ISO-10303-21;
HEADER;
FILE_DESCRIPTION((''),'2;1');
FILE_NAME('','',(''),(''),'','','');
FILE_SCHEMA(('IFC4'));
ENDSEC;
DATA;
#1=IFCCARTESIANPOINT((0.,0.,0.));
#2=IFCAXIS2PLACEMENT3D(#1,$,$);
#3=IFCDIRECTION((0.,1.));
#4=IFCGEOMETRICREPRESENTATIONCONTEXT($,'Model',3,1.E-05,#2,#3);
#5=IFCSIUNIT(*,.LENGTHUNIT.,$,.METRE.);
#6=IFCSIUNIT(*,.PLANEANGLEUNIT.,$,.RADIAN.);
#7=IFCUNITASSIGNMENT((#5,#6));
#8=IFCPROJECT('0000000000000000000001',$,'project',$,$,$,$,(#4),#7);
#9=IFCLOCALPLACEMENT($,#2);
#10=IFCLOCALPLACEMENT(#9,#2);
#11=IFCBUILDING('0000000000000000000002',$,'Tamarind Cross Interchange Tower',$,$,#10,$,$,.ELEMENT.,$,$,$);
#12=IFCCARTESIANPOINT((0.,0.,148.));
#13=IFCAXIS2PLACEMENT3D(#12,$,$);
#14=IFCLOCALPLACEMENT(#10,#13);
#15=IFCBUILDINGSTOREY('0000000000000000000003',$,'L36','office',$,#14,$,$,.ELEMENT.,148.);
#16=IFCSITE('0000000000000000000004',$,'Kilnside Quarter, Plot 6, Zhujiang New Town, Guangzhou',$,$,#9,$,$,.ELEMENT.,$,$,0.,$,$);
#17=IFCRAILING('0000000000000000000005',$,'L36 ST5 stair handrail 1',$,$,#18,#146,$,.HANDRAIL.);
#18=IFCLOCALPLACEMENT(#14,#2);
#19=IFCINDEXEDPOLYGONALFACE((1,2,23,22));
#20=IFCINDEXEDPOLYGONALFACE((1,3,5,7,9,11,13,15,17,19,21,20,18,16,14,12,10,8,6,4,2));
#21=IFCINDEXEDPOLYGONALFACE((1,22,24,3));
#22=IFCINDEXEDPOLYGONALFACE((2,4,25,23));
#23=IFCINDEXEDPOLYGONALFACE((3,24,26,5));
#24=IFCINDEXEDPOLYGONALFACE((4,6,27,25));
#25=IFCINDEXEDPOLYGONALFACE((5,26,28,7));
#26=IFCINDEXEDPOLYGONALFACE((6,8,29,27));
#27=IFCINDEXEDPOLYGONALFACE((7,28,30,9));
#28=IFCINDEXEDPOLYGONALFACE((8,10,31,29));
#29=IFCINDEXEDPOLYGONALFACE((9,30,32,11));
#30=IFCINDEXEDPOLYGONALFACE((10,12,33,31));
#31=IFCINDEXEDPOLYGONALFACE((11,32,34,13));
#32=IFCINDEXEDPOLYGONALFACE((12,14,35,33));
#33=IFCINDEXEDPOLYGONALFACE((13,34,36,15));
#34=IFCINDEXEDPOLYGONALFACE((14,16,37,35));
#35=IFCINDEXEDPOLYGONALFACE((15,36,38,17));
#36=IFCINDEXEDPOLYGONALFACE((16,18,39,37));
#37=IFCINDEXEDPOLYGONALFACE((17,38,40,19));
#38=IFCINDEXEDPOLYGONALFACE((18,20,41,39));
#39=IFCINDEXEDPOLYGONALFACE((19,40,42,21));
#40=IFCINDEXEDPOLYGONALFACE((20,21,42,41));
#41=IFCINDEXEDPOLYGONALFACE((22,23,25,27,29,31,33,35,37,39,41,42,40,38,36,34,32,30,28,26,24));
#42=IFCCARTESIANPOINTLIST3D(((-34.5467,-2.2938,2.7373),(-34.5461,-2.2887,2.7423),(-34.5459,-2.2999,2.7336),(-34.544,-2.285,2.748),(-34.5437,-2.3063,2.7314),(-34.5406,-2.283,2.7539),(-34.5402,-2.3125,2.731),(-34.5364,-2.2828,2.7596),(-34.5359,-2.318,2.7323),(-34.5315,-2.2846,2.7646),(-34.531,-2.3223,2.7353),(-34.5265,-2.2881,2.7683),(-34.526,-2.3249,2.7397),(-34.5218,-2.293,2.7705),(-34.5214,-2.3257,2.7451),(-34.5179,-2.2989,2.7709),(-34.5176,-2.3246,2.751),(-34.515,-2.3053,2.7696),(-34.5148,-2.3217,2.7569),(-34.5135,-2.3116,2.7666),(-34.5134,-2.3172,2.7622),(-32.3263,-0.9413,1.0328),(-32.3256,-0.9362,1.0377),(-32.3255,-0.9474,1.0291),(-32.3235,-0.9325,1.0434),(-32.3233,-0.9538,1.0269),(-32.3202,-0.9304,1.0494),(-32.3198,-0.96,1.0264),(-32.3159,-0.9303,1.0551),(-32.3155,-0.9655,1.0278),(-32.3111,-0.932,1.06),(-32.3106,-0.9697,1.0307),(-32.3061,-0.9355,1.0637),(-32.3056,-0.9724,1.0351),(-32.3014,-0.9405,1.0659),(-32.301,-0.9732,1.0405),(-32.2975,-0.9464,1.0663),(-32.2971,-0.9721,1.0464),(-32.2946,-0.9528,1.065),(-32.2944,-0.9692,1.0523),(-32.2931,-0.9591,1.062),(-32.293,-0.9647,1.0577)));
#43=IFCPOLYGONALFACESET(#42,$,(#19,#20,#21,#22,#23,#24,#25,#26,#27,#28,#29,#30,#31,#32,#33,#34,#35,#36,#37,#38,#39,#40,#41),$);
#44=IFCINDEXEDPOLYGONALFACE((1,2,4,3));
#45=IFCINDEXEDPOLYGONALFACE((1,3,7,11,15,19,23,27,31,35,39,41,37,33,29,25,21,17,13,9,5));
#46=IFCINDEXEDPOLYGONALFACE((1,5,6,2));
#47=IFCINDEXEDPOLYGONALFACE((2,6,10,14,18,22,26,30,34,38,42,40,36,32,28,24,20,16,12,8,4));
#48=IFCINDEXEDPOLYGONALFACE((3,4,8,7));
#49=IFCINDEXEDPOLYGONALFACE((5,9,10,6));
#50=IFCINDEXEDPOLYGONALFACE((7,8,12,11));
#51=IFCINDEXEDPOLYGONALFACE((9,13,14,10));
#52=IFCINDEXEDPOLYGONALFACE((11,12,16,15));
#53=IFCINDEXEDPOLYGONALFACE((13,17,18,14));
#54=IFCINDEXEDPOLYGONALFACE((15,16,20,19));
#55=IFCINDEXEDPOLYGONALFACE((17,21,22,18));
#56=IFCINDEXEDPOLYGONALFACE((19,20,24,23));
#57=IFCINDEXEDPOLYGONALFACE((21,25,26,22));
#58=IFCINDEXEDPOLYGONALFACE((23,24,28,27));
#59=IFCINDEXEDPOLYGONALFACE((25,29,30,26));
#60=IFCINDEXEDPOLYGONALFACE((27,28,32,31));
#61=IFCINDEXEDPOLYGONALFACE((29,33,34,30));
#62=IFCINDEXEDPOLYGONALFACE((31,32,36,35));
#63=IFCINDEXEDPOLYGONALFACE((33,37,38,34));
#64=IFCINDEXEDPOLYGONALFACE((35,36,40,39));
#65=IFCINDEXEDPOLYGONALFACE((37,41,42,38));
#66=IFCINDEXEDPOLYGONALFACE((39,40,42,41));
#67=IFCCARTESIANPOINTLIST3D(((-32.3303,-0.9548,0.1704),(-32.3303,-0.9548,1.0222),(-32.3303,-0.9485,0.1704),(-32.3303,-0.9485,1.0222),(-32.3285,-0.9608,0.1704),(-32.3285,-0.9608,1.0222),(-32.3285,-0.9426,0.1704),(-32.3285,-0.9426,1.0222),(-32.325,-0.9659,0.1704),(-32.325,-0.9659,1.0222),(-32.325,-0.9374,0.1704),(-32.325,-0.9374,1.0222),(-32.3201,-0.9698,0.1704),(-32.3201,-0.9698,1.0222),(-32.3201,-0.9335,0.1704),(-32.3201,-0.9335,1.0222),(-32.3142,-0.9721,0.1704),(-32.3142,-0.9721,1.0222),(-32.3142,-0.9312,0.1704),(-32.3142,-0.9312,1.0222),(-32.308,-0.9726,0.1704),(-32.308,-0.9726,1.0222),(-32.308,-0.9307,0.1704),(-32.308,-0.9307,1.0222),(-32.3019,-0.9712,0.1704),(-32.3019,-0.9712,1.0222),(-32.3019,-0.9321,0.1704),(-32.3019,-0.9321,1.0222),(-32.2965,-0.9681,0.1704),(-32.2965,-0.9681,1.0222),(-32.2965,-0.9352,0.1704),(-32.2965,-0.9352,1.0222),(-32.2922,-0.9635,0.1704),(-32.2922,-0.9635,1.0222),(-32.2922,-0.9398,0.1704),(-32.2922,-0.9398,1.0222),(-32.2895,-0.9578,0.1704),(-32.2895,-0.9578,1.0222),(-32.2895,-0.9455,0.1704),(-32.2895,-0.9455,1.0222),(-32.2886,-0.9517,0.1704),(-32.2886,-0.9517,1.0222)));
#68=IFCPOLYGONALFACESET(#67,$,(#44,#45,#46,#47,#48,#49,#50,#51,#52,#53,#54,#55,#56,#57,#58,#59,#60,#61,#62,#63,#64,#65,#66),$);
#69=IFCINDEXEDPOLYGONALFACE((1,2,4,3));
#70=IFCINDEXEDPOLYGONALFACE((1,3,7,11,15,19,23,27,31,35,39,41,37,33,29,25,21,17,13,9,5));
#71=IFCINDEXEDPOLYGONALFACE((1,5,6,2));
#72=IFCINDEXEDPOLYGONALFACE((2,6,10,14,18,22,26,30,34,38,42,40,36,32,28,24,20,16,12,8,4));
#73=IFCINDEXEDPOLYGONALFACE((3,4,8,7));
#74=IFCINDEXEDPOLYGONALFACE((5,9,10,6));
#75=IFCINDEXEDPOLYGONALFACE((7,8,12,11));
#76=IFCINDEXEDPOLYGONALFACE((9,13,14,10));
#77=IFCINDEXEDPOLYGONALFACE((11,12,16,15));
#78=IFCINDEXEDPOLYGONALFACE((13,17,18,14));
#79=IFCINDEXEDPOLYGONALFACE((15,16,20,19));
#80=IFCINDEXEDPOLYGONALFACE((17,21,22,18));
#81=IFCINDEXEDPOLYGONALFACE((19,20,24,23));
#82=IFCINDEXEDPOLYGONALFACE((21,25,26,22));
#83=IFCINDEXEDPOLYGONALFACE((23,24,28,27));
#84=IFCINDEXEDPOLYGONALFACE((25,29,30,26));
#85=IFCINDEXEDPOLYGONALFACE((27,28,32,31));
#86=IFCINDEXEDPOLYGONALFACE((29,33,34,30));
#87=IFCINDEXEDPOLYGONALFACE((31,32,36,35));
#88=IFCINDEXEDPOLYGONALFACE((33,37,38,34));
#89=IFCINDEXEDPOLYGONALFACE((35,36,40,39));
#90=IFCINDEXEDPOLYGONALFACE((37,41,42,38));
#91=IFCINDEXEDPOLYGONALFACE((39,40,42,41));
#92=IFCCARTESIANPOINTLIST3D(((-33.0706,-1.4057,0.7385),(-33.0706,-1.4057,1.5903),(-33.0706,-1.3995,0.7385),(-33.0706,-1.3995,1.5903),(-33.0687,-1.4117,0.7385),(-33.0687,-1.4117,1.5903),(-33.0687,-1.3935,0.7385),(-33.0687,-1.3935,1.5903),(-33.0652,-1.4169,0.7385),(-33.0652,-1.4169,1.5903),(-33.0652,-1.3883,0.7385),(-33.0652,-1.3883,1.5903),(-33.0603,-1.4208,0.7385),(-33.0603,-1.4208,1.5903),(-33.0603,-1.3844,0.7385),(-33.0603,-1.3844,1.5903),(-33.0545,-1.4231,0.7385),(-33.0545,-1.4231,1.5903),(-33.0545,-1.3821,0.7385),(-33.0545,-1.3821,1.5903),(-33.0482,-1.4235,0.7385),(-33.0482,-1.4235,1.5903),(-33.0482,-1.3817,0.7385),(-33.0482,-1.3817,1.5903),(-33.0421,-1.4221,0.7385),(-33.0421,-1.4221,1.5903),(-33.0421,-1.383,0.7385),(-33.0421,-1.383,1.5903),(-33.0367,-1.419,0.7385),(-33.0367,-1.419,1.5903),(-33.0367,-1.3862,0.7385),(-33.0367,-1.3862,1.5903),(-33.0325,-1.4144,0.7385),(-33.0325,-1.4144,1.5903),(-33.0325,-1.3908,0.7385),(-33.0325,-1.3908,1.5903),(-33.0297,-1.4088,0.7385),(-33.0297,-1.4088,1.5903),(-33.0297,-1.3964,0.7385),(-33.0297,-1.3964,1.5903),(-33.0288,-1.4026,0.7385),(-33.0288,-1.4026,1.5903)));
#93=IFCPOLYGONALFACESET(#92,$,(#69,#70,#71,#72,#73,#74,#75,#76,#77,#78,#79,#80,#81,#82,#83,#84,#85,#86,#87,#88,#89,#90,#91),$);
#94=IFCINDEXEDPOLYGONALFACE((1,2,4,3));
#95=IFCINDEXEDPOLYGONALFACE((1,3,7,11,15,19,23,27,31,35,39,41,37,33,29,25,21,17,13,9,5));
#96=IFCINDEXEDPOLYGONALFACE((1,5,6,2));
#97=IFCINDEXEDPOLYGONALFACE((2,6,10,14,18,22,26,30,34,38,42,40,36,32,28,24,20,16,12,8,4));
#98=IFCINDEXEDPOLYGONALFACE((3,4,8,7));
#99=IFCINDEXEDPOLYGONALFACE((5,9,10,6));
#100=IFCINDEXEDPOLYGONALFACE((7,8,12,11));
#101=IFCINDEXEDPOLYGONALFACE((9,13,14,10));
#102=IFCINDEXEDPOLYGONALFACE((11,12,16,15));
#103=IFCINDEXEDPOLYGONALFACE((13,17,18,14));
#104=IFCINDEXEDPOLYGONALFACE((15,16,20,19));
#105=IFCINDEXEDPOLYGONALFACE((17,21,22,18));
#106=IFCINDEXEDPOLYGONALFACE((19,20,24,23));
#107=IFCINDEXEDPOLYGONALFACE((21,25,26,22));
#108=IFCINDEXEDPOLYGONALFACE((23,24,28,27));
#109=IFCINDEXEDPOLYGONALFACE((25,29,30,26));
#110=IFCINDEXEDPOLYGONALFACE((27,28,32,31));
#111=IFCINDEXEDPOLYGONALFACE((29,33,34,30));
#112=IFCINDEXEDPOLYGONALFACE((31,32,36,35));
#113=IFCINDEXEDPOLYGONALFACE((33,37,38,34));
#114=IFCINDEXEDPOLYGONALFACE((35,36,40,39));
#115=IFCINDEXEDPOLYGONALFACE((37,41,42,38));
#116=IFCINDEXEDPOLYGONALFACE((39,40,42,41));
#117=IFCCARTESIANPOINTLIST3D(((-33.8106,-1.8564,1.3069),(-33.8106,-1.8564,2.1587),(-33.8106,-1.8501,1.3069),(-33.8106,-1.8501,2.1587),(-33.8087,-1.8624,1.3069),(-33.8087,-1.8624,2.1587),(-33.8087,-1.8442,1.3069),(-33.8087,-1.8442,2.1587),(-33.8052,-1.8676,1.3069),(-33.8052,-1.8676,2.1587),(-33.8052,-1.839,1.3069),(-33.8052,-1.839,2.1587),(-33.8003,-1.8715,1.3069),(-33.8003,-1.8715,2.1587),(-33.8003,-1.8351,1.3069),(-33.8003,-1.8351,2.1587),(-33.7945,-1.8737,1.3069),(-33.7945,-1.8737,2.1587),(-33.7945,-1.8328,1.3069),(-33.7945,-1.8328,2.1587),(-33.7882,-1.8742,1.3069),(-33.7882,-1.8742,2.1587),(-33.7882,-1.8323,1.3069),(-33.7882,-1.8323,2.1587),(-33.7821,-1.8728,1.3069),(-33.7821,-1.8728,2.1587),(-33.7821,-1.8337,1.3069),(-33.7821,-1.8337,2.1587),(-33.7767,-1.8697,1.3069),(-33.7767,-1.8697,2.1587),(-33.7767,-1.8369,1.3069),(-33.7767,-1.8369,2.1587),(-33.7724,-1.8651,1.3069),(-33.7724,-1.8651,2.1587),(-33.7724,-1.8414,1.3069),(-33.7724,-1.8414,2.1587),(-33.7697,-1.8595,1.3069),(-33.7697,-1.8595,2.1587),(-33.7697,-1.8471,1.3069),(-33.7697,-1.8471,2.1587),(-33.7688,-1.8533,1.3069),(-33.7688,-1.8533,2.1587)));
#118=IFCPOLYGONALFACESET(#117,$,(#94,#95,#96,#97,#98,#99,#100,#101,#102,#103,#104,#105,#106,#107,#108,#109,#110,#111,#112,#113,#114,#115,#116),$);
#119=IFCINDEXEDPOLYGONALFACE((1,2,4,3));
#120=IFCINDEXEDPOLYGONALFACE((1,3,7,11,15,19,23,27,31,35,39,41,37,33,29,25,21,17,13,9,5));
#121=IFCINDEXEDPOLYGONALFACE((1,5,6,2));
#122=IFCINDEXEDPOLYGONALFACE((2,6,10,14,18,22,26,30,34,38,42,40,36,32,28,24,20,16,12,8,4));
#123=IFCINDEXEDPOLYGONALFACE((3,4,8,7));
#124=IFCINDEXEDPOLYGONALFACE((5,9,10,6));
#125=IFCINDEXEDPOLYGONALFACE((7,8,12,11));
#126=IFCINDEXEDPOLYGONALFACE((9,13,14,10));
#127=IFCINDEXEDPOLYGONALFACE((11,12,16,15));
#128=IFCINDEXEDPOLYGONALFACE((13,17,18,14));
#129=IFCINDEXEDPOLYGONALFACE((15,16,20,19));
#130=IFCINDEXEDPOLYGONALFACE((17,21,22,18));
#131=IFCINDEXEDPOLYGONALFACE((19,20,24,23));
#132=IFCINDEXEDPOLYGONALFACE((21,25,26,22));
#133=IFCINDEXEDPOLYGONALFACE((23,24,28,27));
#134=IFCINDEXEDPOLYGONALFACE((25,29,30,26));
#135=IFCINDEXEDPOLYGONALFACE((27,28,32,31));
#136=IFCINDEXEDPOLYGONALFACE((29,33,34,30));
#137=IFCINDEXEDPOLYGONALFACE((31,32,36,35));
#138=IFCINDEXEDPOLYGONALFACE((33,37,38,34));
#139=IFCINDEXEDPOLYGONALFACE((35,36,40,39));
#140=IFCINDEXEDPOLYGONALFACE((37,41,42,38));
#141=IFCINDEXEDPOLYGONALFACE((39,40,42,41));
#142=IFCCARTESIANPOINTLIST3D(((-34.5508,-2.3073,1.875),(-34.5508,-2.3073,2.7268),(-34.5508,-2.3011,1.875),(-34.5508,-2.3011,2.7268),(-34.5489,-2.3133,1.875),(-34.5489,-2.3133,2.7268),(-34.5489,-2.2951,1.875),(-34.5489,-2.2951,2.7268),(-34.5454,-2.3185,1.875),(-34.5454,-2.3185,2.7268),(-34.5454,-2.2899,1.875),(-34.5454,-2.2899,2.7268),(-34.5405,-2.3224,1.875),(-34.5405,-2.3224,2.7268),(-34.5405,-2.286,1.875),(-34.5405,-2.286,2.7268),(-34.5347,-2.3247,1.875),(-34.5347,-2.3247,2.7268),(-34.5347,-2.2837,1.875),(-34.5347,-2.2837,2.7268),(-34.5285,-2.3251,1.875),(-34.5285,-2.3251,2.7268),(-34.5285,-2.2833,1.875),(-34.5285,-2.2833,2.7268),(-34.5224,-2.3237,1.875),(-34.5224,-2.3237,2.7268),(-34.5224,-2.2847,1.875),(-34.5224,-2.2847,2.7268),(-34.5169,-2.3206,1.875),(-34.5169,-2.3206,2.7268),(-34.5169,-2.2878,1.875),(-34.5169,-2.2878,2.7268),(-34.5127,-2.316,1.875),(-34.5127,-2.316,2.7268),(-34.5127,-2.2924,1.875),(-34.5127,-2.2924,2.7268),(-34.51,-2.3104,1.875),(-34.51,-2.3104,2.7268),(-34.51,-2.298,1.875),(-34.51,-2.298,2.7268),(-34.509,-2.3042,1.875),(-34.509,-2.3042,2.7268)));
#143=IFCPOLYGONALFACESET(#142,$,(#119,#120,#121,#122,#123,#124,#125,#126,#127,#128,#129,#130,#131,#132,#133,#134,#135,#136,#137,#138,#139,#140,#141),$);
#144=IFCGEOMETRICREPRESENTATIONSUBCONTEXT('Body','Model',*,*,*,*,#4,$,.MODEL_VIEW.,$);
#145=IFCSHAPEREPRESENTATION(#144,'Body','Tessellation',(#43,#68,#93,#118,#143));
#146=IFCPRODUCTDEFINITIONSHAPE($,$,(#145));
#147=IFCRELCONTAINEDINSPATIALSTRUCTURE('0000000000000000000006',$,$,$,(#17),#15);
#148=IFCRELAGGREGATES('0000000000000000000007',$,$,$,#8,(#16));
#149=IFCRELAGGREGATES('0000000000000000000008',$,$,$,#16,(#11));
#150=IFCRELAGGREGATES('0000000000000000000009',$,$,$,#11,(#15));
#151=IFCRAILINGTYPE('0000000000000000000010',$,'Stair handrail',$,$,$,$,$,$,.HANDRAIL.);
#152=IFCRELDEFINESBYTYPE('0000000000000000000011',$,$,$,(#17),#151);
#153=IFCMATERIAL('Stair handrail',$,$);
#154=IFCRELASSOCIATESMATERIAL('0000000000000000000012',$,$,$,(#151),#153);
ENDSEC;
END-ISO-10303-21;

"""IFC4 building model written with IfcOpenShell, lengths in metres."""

from ifc_helpers import new_model, si_unit, direction, frame, origin, origin_2d, place, context, subcontext, project, spatial, circle, extrude, material, type_object, element, save


model = new_model("IFC4")

# Units and contexts
model_context = context("Model", 3, precision=1e-05, world=origin(), true_north=direction((0.0, 1.0)))
body_context = subcontext(model_context, "Body", "Model", "MODEL_VIEW")
ifc_project = project(units=[si_unit("LENGTHUNIT", "METRE"), si_unit("PLANEANGLEUNIT", "RADIAN")], contexts=[model_context])

# Site, building, storey
site_placement = place(None, origin())
site = spatial("IfcSite", under=ifc_project, at=site_placement, Name="Kilnside Quarter, Plot 6, Zhujiang New Town, Guangzhou", CompositionType="ELEMENT", RefElevation=0.0)
building_placement = place(site_placement, origin())
building = spatial("IfcBuilding", under=site, at=building_placement, Name="Tamarind Cross Interchange Tower", CompositionType="ELEMENT")
storey_placement = place(building_placement, frame((0.0, 0.0, 148.0)))
storey = spatial("IfcBuildingStorey", under=building, at=storey_placement, Name="L36", Description="office", CompositionType="ELEMENT", Elevation=148.0)

# Railing
ifc_material_1 = material(Name="Stair handrail")
railing_type_1 = type_object("IfcRailingType", Name="Stair handrail", PredefinedType="HANDRAIL", material=ifc_material_1)
railing_1_placement = place(storey_placement, frame((-32.3096, -0.9517, 0.1704)))
element("IfcRailing", 1, at=railing_1_placement, inside=storey, type_object=railing_type_1, Name="L36 ST5 stair handrail 1", PredefinedType="HANDRAIL", context=body_context, shape_type="SweptSolid", body=[
    extrude(circle(Radius=0.0239, at=origin_2d()), frame((0.0, 0.0, 0.876), z_axis=(-0.71422, -0.43505, 0.548289), x_axis=(0.520215, -0.854035, 0.0)), (0.0, 0.0, 1.0), 3.1089),
    extrude(circle(Radius=0.021, at=origin_2d()), origin(), (0.0, 0.0, 1.0), 0.8518),
    extrude(circle(Radius=0.021, at=origin_2d()), frame((-0.7402, -0.4509, 0.5681)), (0.0, 0.0, 1.0), 0.8518),
    extrude(circle(Radius=0.021, at=origin_2d()), frame((-1.4802, -0.9016, 1.1365)), (0.0, 0.0, 1.0), 0.8518),
    extrude(circle(Radius=0.021, at=origin_2d()), frame((-2.2205, -1.3525, 1.7046)), (0.0, 0.0, 1.0), 0.8518),
])

save(model, "model.ifc")
